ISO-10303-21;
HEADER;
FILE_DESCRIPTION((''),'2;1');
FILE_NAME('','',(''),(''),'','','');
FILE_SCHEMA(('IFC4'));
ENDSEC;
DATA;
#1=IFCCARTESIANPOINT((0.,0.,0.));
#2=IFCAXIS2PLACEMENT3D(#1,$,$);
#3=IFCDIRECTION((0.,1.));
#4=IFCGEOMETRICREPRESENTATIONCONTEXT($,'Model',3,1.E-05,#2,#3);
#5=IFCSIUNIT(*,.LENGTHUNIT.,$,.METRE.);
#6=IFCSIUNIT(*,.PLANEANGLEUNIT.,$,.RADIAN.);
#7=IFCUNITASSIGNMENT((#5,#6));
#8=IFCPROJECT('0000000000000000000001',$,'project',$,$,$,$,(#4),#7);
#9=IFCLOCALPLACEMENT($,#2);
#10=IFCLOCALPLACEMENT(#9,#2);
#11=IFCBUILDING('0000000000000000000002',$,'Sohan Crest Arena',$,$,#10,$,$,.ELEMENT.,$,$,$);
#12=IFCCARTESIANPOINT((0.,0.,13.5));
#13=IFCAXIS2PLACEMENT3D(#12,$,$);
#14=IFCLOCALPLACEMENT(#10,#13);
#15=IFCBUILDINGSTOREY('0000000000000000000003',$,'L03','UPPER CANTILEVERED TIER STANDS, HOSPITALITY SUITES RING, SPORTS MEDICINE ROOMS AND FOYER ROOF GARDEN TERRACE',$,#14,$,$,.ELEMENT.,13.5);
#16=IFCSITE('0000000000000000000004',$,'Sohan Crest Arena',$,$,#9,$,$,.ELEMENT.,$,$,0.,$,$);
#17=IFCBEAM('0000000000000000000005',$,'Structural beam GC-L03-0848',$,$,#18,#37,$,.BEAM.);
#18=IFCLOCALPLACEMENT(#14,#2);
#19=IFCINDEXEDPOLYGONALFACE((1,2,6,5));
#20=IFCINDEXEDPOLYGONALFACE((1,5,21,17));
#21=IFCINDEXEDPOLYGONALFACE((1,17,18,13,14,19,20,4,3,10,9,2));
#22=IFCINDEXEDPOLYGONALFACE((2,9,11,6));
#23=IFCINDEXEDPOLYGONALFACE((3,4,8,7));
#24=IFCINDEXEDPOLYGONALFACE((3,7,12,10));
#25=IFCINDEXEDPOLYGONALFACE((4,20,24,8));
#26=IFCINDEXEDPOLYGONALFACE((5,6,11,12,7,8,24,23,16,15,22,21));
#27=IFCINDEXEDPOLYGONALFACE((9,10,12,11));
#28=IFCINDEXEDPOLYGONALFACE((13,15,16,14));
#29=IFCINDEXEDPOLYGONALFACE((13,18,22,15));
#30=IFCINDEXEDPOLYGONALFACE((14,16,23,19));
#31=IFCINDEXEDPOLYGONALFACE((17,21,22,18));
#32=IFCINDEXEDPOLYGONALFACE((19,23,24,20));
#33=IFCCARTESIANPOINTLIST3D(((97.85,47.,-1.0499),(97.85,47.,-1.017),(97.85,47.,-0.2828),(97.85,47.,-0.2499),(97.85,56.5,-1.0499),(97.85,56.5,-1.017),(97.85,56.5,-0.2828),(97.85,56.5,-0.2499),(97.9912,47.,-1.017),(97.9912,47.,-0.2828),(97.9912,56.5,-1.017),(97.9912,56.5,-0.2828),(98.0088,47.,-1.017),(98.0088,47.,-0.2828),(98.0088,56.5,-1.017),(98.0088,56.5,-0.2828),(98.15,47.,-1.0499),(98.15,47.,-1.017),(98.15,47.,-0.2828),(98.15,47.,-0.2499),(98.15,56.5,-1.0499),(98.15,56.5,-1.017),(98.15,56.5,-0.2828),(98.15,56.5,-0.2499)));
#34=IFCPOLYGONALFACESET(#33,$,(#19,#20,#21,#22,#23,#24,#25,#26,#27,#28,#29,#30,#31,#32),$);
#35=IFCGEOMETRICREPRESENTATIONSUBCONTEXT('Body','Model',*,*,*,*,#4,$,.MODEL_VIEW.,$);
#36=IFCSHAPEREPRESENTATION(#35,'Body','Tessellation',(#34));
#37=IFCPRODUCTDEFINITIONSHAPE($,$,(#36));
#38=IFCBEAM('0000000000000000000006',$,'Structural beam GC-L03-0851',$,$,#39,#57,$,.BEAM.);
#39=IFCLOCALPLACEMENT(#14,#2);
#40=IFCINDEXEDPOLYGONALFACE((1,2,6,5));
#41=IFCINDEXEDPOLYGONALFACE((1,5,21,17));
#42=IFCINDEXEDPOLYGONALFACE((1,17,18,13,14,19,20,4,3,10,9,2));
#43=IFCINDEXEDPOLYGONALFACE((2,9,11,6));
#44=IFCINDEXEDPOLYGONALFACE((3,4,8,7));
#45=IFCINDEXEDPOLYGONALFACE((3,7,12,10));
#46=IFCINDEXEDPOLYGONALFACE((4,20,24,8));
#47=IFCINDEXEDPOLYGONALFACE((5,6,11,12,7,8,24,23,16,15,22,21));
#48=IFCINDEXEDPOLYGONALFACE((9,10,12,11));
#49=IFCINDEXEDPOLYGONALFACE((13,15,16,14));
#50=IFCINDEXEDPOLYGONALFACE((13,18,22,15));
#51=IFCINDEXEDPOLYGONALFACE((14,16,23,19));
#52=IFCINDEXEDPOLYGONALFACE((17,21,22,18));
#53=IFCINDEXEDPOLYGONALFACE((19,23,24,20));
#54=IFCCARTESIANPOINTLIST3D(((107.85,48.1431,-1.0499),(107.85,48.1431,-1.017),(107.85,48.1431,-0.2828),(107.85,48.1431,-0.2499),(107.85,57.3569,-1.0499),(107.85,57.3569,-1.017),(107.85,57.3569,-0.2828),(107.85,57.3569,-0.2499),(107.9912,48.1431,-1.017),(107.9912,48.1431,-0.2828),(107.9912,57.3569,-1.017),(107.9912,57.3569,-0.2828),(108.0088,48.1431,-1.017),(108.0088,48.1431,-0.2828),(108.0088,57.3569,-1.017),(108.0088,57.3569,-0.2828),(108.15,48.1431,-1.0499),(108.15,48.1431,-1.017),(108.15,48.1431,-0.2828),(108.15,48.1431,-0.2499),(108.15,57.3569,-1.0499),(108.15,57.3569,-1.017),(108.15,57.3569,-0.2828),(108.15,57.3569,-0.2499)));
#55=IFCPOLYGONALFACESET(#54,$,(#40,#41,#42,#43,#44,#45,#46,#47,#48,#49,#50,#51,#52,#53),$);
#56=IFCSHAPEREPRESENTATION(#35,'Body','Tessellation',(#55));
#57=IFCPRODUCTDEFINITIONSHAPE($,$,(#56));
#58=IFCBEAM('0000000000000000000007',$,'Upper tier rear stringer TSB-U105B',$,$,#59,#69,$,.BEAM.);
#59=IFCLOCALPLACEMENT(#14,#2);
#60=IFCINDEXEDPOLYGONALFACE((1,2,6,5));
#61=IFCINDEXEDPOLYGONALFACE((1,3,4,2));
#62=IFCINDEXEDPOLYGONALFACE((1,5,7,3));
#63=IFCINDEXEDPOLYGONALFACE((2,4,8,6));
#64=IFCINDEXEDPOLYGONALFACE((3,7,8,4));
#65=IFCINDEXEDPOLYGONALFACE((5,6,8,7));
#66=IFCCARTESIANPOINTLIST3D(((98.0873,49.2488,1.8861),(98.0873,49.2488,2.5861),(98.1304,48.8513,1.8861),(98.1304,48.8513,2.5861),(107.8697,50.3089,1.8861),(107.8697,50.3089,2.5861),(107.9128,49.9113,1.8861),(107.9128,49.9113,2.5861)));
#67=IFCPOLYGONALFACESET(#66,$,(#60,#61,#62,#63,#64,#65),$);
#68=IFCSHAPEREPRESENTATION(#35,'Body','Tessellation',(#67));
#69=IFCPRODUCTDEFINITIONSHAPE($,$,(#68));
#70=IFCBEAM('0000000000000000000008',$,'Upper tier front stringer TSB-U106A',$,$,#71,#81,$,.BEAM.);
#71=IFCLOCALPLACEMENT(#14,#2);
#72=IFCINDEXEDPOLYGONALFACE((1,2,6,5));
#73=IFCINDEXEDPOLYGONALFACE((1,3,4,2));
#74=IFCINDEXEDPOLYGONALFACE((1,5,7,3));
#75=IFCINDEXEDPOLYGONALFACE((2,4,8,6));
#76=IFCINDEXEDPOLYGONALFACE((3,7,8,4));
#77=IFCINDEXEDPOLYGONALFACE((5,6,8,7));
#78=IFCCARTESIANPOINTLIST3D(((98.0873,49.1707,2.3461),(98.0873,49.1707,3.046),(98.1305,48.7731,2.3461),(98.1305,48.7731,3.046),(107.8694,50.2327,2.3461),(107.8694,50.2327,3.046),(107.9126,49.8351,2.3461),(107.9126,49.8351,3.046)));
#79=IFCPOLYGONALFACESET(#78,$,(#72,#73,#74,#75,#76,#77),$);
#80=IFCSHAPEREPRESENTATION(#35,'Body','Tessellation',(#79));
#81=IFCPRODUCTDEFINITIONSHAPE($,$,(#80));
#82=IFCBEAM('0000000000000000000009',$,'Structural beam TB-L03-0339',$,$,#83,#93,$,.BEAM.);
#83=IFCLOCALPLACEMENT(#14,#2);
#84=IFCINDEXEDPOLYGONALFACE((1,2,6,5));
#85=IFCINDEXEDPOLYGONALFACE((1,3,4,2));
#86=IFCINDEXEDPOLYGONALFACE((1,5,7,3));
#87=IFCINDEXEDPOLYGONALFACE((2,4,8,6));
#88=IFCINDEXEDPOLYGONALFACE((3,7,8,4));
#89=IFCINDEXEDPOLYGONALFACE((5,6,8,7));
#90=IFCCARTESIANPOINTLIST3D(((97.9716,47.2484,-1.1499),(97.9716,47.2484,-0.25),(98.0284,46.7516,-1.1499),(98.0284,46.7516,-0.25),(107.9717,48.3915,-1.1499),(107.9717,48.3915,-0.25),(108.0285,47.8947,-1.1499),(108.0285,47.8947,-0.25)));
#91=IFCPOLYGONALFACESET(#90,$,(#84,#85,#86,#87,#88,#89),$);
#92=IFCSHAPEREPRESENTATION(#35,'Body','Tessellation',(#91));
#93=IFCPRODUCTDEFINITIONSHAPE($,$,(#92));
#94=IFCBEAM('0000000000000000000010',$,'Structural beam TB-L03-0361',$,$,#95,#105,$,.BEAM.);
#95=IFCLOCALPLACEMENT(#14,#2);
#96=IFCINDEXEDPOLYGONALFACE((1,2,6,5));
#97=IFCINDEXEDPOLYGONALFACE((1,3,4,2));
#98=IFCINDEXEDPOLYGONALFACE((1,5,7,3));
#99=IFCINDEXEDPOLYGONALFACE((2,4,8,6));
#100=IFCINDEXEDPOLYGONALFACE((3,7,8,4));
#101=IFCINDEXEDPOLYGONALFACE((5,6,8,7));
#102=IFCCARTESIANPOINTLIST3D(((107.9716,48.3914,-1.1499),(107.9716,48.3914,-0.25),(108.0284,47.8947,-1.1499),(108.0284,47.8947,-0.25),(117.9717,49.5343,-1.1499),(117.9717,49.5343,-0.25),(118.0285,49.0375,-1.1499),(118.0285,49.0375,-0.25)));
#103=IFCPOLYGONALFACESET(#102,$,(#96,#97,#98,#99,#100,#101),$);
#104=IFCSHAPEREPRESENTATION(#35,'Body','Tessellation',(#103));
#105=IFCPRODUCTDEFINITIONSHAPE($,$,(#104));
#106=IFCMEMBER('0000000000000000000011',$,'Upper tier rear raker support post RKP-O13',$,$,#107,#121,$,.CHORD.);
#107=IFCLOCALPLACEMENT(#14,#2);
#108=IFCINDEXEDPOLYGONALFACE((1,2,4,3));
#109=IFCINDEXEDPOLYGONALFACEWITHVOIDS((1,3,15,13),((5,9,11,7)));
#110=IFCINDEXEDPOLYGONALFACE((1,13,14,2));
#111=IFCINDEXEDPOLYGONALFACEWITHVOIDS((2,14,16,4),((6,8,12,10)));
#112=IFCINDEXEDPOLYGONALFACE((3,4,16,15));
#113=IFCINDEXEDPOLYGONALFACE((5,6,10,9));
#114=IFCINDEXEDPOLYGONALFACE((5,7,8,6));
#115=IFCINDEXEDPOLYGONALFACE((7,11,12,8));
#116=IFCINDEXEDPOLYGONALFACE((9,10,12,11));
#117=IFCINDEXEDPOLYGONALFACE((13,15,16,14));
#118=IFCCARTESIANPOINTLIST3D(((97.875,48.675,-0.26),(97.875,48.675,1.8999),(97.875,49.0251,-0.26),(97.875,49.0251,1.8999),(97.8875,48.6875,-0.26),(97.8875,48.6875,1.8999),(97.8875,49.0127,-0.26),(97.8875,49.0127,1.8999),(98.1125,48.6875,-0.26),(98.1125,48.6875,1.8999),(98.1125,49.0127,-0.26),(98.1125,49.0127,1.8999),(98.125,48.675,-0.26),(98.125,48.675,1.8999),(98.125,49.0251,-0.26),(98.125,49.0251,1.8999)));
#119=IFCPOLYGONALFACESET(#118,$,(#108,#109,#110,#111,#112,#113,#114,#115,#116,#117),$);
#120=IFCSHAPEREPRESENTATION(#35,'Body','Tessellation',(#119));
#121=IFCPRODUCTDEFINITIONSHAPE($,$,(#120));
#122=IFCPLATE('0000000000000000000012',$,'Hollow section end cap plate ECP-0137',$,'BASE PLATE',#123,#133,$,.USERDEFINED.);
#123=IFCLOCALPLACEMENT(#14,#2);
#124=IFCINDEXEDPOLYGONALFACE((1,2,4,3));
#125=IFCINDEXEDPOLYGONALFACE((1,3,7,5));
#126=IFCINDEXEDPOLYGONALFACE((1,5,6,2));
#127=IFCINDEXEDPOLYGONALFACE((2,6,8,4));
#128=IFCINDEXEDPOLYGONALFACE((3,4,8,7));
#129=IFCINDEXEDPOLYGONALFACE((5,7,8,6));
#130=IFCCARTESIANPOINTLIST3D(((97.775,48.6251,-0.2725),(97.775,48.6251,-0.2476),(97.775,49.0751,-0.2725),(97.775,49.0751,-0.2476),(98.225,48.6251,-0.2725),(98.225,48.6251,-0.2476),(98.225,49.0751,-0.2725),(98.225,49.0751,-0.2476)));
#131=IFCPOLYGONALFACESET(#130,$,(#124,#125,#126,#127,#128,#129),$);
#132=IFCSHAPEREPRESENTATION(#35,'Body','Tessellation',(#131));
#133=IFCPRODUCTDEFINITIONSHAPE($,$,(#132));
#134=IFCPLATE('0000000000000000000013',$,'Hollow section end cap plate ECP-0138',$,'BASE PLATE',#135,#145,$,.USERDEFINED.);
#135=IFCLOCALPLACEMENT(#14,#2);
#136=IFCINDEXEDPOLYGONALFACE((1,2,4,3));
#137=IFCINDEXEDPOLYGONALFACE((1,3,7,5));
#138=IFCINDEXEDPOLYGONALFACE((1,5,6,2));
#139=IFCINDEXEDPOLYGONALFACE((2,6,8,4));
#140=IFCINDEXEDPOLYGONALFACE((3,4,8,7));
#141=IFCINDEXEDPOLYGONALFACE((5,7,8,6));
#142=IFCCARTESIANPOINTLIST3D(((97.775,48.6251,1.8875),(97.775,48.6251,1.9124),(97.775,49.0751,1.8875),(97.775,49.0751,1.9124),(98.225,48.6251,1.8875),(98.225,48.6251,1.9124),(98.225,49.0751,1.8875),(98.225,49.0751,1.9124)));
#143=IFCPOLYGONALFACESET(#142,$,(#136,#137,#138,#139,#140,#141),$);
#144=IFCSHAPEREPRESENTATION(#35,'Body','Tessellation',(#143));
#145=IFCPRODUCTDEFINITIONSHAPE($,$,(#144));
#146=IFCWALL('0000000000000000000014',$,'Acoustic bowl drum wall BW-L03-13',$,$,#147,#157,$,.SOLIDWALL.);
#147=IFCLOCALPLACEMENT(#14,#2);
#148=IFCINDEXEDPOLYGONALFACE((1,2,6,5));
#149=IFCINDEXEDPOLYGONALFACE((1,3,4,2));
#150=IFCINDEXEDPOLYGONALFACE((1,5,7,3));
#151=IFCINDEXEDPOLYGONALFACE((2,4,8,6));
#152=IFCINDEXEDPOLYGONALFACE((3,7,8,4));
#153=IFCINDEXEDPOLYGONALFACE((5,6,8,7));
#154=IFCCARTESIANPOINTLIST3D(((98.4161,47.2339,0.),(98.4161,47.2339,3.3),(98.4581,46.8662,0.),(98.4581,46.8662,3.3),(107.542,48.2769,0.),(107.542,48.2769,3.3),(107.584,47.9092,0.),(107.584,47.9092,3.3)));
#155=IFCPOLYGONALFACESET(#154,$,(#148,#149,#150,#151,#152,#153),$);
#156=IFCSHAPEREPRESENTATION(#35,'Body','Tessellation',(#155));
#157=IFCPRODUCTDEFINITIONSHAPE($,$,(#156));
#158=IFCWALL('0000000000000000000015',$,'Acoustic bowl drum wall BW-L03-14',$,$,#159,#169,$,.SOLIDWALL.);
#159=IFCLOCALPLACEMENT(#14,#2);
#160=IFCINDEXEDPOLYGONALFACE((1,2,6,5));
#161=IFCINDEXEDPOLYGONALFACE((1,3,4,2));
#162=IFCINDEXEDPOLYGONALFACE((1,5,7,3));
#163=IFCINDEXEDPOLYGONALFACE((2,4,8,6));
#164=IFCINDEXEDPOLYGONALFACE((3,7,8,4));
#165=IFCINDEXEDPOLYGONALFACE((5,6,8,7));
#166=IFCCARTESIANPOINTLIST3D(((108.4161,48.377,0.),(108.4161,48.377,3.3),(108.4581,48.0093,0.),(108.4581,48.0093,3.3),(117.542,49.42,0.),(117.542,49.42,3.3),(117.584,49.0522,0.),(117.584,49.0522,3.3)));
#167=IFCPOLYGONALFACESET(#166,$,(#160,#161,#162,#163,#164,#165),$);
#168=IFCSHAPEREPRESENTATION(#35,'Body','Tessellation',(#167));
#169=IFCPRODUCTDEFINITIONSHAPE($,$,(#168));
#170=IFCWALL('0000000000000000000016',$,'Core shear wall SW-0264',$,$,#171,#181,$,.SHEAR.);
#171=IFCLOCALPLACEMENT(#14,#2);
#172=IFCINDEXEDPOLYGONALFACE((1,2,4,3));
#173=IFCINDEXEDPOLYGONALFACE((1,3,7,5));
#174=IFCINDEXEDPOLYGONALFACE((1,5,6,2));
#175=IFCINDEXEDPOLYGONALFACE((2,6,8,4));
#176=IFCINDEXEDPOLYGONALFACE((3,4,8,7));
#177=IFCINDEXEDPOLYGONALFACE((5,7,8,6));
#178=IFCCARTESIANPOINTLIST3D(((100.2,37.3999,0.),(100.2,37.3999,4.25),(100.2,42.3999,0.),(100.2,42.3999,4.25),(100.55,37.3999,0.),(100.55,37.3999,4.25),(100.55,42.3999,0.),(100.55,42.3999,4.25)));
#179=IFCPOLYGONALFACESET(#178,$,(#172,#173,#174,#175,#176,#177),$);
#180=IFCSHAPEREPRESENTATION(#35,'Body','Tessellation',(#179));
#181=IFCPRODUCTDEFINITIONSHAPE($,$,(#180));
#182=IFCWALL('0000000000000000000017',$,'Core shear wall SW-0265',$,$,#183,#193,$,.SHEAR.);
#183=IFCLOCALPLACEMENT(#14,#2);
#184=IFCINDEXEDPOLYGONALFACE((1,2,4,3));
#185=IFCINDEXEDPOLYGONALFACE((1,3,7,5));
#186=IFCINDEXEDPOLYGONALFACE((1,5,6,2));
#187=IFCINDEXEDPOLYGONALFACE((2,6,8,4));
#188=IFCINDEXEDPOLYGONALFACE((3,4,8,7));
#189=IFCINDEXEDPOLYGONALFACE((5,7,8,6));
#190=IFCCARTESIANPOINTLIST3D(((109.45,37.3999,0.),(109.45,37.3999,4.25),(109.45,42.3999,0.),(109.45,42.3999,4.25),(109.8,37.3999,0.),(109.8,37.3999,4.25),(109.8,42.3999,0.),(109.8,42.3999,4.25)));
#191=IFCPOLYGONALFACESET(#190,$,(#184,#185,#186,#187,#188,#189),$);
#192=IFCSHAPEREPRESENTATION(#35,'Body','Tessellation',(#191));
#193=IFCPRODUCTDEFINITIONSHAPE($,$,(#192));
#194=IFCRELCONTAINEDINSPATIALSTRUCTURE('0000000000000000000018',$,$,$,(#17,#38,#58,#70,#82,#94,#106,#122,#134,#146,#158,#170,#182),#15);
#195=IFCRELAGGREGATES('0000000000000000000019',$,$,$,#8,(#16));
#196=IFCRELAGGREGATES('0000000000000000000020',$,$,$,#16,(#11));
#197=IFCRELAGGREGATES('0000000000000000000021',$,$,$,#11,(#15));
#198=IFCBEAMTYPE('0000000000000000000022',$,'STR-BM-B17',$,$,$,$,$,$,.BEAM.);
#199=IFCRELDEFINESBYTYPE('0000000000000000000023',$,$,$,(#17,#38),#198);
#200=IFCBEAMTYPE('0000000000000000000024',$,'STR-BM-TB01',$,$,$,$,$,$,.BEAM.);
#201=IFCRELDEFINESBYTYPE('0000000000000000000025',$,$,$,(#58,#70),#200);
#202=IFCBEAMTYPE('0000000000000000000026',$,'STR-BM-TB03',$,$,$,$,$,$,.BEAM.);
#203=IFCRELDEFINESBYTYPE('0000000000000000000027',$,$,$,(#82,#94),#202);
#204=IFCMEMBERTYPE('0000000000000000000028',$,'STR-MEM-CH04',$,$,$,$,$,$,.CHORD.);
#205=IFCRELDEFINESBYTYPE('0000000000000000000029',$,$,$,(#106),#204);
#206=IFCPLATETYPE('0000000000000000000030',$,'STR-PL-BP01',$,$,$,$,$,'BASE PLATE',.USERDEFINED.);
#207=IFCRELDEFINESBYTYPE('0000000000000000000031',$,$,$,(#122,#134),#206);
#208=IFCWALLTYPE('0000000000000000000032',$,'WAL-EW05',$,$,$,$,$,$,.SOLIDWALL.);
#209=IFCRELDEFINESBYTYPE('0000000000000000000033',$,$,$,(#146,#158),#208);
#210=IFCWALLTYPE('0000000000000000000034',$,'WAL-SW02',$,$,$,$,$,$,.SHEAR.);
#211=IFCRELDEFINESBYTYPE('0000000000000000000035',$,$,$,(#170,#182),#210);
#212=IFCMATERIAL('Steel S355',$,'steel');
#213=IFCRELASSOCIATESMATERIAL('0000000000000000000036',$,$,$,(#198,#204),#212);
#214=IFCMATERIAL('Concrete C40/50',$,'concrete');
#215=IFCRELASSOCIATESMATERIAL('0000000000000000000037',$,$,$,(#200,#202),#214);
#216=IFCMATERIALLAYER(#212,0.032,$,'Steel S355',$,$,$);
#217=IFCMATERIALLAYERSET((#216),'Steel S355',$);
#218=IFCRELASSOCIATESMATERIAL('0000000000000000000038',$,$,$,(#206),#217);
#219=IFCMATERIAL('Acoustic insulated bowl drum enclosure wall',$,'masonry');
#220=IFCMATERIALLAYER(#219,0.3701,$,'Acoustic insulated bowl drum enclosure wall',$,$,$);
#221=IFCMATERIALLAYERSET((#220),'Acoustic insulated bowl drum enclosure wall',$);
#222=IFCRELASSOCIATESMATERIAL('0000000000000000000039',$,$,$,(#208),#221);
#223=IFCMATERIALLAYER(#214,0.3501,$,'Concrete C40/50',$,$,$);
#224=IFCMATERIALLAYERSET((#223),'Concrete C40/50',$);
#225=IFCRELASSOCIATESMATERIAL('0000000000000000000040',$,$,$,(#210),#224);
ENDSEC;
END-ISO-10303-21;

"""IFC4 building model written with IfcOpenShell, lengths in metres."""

from ifc_helpers import new_model, si_unit, direction, frame, frame_2d, origin, origin_2d, place, context, subcontext, project, spatial, rectangle, hollow_rectangle, i_section, extrude, material, layer, layer_set, material_profile, profile_set, type_object, element, save


model = new_model("IFC4")

# Units and contexts
model_context = context("Model", 3, precision=1e-05, world=origin(), true_north=direction((0.0, 1.0)))
body_context = subcontext(model_context, "Body", "Model", "MODEL_VIEW")
ifc_project = project(units=[si_unit("LENGTHUNIT", "METRE"), si_unit("PLANEANGLEUNIT", "RADIAN")], contexts=[model_context])

# Site, building, storey
site_placement = place(None, origin())
site = spatial("IfcSite", under=ifc_project, at=site_placement, Name="Sohan Crest Arena", CompositionType="ELEMENT", RefElevation=0.0)
building_placement = place(site_placement, origin())
building = spatial("IfcBuilding", under=site, at=building_placement, Name="Sohan Crest Arena", CompositionType="ELEMENT")
storey_placement = place(building_placement, frame((0.0, 0.0, 13.5)))
storey = spatial("IfcBuildingStorey", under=building, at=storey_placement, Name="L03", Description="UPPER CANTILEVERED TIER STANDS, HOSPITALITY SUITES RING, SPORTS MEDICINE ROOMS AND FOYER ROOF GARDEN TERRACE", CompositionType="ELEMENT", Elevation=13.5)

# Shared definitions
ifc_material_1 = material(Name="Concrete C40/50", Category="concrete")
ifc_material_2 = material(Name="Steel S355", Category="steel")

# Beams
ifc_material_profile_1 = material_profile(ifc_material_2, i_section(OverallWidth=0.3, OverallDepth=0.8, WebThickness=0.0176, FlangeThickness=0.033, at=origin_2d()), Name="HEB 800")
ifc_profile_set_1 = profile_set([ifc_material_profile_1], Name="Steel S355")
beam_type_1 = type_object("IfcBeamType", Name="STR-BM-B17", PredefinedType="BEAM", material=ifc_profile_set_1)
beam_1_placement = place(storey_placement, frame((98.0, 47.0, -0.6499), z_axis=(0.0, 1.0, 0.0), x_axis=(-1.0, 0.0, 0.0)))
element("IfcBeam", 1, at=beam_1_placement, inside=storey, type_object=beam_type_1, Name="Structural beam GC-L03-0848", PredefinedType="BEAM", context=body_context, shape_type="SweptSolid", body=[
    extrude(i_section(OverallWidth=0.3, OverallDepth=0.8, WebThickness=0.0176, FlangeThickness=0.033, at=origin_2d()), origin(), (0.0, 0.0, 1.0), 9.5),
])
beam_2_placement = place(storey_placement, frame((108.0, 48.1431, -0.6499), z_axis=(0.0, 1.0, 0.0), x_axis=(-1.0, 0.0, 0.0)))
element("IfcBeam", 2, at=beam_2_placement, inside=storey, type_object=beam_type_1, Name="Structural beam GC-L03-0851", PredefinedType="BEAM", context=body_context, shape_type="SweptSolid", body=[
    extrude(i_section(OverallWidth=0.3, OverallDepth=0.8, WebThickness=0.0176, FlangeThickness=0.033, at=origin_2d()), origin(), (0.0, 0.0, 1.0), 9.2139),
])
ifc_material_profile_2 = material_profile(ifc_material_1, rectangle(XDim=0.3999, YDim=0.7, at=origin_2d()), Name="RC-BM 400x700")
ifc_profile_set_2 = profile_set([ifc_material_profile_2], Name="Concrete C40/50")
beam_type_2 = type_object("IfcBeamType", Name="STR-BM-TB01", PredefinedType="BEAM", material=ifc_profile_set_2)
for number, where, z_axis, x_axis, name in (
    (3, (98.1089, 49.05, 2.2361), (0.99418, 0.107735, 0.0), (-0.107735, 0.99418, 0.0), "Upper tier rear stringer TSB-U105B"),
    (4, (98.1089, 48.9719, 2.696), (0.994158, 0.107931, 0.0), (-0.107931, 0.994158, 0.0), "Upper tier front stringer TSB-U106A"),
):
    element("IfcBeam", number, at=place(storey_placement, frame(where, z_axis=z_axis, x_axis=x_axis)), inside=storey, type_object=beam_type_2, Name=name, PredefinedType="BEAM", context=body_context, shape_type="SweptSolid", body=[
        extrude(rectangle(XDim=0.3999, YDim=0.7, at=origin_2d()), origin(), (0.0, 0.0, 1.0), 9.8396),
    ])
ifc_material_profile_3 = material_profile(ifc_material_1, rectangle(XDim=0.5, YDim=0.8999, at=origin_2d()), Name="RC-BM 500x900")
ifc_profile_set_3 = profile_set([ifc_material_profile_3], Name="Concrete C40/50")
beam_type_3 = type_object("IfcBeamType", Name="STR-BM-TB03", PredefinedType="BEAM", material=ifc_profile_set_3)
for number, where, z_axis, x_axis, name in (
    (5, (98.0, 47.0, -0.7), (0.99353, 0.113567, 0.0), (-0.113567, 0.99353, 0.0), "Structural beam TB-L03-0339"),
    (6, (108.0, 48.1431, -0.7), (0.993533, 0.113543, 0.0), (-0.113543, 0.993533, 0.0), "Structural beam TB-L03-0361"),
):
    element("IfcBeam", number, at=place(storey_placement, frame(where, z_axis=z_axis, x_axis=x_axis)), inside=storey, type_object=beam_type_3, Name=name, PredefinedType="BEAM", context=body_context, shape_type="SweptSolid", body=[
        extrude(rectangle(XDim=0.5, YDim=0.8999, at=origin_2d()), origin(), (0.0, 0.0, 1.0), 10.0652),
    ])

# Member
ifc_material_profile_4 = material_profile(ifc_material_2, hollow_rectangle(XDim=0.25, YDim=0.3501, WallThickness=0.0125, at=origin_2d()), Name="RHS 350x250x12.5")
ifc_profile_set_4 = profile_set([ifc_material_profile_4], Name="Steel S355")
member_type = type_object("IfcMemberType", Name="STR-MEM-CH04", PredefinedType="CHORD", material=ifc_profile_set_4)
member_placement = place(storey_placement, frame((98.0, 48.8501, -0.26), z_axis=(0.0, 0.0, 1.0), x_axis=(1.0, 0.0, 0.0)))
element("IfcMember", 7, at=member_placement, inside=storey, type_object=member_type, Name="Upper tier rear raker support post RKP-O13", PredefinedType="CHORD", context=body_context, shape_type="SweptSolid", body=[
    extrude(hollow_rectangle(XDim=0.25, YDim=0.3501, WallThickness=0.0125, at=origin_2d()), origin(), (0.0, 0.0, 1.0), 2.1599),
])

# Plates
ifc_layer_1 = layer(ifc_material_2, 0.032, Name="Steel S355")
ifc_layer_set_1 = layer_set([ifc_layer_1], Name="Steel S355")
plate_type = type_object("IfcPlateType", Name="STR-PL-BP01", ElementType="BASE PLATE", PredefinedType="USERDEFINED", material=ifc_layer_set_1)
for number, where, z_axis, x_axis, name in (
    (8, (98.0, 48.8501, -0.2725), (0.0, 0.0, 1.0), (1.0, 0.0, 0.0), "Hollow section end cap plate ECP-0137"),
    (9, (98.0, 48.8501, 1.8875), (0.0, 0.0, 1.0), (1.0, 0.0, 0.0), "Hollow section end cap plate ECP-0138"),
):
    element("IfcPlate", number, at=place(storey_placement, frame(where, z_axis=z_axis, x_axis=x_axis)), inside=storey, type_object=plate_type, Name=name, ObjectType="BASE PLATE", PredefinedType="USERDEFINED", context=body_context, shape_type="SweptSolid", body=[
        extrude(rectangle(XDim=0.45, YDim=0.45, at=origin_2d()), origin(), (0.0, 0.0, 1.0), 0.0249),
    ])

# Walls
ifc_material_3 = material(Name="Acoustic insulated bowl drum enclosure wall", Category="masonry")
ifc_layer_2 = layer(ifc_material_3, 0.3701, Name="Acoustic insulated bowl drum enclosure wall")
ifc_layer_set_2 = layer_set([ifc_layer_2], Name="Acoustic insulated bowl drum enclosure wall")
wall_type_1 = type_object("IfcWallType", Name="WAL-EW05", PredefinedType="SOLIDWALL", material=ifc_layer_set_2)
for number, where, z_axis, x_axis, name in (
    (10, (98.437, 47.05, 0.0), (0.0, 0.0, 1.0), (0.993533, 0.113547, 0.0), "Acoustic bowl drum wall BW-L03-13"),
    (11, (108.437, 48.1931, 0.0), (0.0, 0.0, 1.0), (0.993533, 0.113547, 0.0), "Acoustic bowl drum wall BW-L03-14"),
):
    element("IfcWall", number, at=place(storey_placement, frame(where, z_axis=z_axis, x_axis=x_axis)), inside=storey, type_object=wall_type_1, Name=name, PredefinedType="SOLIDWALL", context=body_context, shape_type="SweptSolid", body=[
        extrude(rectangle(XDim=9.1853, YDim=0.3701, at=frame_2d((4.5928, 0.0))), origin(), (0.0, 0.0, 1.0), 3.3),
    ])
ifc_layer_3 = layer(ifc_material_1, 0.3501, Name="Concrete C40/50")
ifc_layer_set_3 = layer_set([ifc_layer_3], Name="Concrete C40/50")
wall_type_2 = type_object("IfcWallType", Name="WAL-SW02", PredefinedType="SHEAR", material=ifc_layer_set_3)
for number, where, z_axis, x_axis, name in (
    (12, (100.375, 37.3999, 0.0), (0.0, 0.0, 1.0), (0.0, 1.0, 0.0), "Core shear wall SW-0264"),
    (13, (109.625, 37.3999, 0.0), (0.0, 0.0, 1.0), (0.0, 1.0, 0.0), "Core shear wall SW-0265"),
):
    element("IfcWall", number, at=place(storey_placement, frame(where, z_axis=z_axis, x_axis=x_axis)), inside=storey, type_object=wall_type_2, Name=name, PredefinedType="SHEAR", context=body_context, shape_type="SweptSolid", body=[
        extrude(rectangle(XDim=5.0, YDim=0.3501, at=frame_2d((2.5, 0.0))), origin(), (0.0, 0.0, 1.0), 4.25),
    ])

save(model, "model.ifc")
